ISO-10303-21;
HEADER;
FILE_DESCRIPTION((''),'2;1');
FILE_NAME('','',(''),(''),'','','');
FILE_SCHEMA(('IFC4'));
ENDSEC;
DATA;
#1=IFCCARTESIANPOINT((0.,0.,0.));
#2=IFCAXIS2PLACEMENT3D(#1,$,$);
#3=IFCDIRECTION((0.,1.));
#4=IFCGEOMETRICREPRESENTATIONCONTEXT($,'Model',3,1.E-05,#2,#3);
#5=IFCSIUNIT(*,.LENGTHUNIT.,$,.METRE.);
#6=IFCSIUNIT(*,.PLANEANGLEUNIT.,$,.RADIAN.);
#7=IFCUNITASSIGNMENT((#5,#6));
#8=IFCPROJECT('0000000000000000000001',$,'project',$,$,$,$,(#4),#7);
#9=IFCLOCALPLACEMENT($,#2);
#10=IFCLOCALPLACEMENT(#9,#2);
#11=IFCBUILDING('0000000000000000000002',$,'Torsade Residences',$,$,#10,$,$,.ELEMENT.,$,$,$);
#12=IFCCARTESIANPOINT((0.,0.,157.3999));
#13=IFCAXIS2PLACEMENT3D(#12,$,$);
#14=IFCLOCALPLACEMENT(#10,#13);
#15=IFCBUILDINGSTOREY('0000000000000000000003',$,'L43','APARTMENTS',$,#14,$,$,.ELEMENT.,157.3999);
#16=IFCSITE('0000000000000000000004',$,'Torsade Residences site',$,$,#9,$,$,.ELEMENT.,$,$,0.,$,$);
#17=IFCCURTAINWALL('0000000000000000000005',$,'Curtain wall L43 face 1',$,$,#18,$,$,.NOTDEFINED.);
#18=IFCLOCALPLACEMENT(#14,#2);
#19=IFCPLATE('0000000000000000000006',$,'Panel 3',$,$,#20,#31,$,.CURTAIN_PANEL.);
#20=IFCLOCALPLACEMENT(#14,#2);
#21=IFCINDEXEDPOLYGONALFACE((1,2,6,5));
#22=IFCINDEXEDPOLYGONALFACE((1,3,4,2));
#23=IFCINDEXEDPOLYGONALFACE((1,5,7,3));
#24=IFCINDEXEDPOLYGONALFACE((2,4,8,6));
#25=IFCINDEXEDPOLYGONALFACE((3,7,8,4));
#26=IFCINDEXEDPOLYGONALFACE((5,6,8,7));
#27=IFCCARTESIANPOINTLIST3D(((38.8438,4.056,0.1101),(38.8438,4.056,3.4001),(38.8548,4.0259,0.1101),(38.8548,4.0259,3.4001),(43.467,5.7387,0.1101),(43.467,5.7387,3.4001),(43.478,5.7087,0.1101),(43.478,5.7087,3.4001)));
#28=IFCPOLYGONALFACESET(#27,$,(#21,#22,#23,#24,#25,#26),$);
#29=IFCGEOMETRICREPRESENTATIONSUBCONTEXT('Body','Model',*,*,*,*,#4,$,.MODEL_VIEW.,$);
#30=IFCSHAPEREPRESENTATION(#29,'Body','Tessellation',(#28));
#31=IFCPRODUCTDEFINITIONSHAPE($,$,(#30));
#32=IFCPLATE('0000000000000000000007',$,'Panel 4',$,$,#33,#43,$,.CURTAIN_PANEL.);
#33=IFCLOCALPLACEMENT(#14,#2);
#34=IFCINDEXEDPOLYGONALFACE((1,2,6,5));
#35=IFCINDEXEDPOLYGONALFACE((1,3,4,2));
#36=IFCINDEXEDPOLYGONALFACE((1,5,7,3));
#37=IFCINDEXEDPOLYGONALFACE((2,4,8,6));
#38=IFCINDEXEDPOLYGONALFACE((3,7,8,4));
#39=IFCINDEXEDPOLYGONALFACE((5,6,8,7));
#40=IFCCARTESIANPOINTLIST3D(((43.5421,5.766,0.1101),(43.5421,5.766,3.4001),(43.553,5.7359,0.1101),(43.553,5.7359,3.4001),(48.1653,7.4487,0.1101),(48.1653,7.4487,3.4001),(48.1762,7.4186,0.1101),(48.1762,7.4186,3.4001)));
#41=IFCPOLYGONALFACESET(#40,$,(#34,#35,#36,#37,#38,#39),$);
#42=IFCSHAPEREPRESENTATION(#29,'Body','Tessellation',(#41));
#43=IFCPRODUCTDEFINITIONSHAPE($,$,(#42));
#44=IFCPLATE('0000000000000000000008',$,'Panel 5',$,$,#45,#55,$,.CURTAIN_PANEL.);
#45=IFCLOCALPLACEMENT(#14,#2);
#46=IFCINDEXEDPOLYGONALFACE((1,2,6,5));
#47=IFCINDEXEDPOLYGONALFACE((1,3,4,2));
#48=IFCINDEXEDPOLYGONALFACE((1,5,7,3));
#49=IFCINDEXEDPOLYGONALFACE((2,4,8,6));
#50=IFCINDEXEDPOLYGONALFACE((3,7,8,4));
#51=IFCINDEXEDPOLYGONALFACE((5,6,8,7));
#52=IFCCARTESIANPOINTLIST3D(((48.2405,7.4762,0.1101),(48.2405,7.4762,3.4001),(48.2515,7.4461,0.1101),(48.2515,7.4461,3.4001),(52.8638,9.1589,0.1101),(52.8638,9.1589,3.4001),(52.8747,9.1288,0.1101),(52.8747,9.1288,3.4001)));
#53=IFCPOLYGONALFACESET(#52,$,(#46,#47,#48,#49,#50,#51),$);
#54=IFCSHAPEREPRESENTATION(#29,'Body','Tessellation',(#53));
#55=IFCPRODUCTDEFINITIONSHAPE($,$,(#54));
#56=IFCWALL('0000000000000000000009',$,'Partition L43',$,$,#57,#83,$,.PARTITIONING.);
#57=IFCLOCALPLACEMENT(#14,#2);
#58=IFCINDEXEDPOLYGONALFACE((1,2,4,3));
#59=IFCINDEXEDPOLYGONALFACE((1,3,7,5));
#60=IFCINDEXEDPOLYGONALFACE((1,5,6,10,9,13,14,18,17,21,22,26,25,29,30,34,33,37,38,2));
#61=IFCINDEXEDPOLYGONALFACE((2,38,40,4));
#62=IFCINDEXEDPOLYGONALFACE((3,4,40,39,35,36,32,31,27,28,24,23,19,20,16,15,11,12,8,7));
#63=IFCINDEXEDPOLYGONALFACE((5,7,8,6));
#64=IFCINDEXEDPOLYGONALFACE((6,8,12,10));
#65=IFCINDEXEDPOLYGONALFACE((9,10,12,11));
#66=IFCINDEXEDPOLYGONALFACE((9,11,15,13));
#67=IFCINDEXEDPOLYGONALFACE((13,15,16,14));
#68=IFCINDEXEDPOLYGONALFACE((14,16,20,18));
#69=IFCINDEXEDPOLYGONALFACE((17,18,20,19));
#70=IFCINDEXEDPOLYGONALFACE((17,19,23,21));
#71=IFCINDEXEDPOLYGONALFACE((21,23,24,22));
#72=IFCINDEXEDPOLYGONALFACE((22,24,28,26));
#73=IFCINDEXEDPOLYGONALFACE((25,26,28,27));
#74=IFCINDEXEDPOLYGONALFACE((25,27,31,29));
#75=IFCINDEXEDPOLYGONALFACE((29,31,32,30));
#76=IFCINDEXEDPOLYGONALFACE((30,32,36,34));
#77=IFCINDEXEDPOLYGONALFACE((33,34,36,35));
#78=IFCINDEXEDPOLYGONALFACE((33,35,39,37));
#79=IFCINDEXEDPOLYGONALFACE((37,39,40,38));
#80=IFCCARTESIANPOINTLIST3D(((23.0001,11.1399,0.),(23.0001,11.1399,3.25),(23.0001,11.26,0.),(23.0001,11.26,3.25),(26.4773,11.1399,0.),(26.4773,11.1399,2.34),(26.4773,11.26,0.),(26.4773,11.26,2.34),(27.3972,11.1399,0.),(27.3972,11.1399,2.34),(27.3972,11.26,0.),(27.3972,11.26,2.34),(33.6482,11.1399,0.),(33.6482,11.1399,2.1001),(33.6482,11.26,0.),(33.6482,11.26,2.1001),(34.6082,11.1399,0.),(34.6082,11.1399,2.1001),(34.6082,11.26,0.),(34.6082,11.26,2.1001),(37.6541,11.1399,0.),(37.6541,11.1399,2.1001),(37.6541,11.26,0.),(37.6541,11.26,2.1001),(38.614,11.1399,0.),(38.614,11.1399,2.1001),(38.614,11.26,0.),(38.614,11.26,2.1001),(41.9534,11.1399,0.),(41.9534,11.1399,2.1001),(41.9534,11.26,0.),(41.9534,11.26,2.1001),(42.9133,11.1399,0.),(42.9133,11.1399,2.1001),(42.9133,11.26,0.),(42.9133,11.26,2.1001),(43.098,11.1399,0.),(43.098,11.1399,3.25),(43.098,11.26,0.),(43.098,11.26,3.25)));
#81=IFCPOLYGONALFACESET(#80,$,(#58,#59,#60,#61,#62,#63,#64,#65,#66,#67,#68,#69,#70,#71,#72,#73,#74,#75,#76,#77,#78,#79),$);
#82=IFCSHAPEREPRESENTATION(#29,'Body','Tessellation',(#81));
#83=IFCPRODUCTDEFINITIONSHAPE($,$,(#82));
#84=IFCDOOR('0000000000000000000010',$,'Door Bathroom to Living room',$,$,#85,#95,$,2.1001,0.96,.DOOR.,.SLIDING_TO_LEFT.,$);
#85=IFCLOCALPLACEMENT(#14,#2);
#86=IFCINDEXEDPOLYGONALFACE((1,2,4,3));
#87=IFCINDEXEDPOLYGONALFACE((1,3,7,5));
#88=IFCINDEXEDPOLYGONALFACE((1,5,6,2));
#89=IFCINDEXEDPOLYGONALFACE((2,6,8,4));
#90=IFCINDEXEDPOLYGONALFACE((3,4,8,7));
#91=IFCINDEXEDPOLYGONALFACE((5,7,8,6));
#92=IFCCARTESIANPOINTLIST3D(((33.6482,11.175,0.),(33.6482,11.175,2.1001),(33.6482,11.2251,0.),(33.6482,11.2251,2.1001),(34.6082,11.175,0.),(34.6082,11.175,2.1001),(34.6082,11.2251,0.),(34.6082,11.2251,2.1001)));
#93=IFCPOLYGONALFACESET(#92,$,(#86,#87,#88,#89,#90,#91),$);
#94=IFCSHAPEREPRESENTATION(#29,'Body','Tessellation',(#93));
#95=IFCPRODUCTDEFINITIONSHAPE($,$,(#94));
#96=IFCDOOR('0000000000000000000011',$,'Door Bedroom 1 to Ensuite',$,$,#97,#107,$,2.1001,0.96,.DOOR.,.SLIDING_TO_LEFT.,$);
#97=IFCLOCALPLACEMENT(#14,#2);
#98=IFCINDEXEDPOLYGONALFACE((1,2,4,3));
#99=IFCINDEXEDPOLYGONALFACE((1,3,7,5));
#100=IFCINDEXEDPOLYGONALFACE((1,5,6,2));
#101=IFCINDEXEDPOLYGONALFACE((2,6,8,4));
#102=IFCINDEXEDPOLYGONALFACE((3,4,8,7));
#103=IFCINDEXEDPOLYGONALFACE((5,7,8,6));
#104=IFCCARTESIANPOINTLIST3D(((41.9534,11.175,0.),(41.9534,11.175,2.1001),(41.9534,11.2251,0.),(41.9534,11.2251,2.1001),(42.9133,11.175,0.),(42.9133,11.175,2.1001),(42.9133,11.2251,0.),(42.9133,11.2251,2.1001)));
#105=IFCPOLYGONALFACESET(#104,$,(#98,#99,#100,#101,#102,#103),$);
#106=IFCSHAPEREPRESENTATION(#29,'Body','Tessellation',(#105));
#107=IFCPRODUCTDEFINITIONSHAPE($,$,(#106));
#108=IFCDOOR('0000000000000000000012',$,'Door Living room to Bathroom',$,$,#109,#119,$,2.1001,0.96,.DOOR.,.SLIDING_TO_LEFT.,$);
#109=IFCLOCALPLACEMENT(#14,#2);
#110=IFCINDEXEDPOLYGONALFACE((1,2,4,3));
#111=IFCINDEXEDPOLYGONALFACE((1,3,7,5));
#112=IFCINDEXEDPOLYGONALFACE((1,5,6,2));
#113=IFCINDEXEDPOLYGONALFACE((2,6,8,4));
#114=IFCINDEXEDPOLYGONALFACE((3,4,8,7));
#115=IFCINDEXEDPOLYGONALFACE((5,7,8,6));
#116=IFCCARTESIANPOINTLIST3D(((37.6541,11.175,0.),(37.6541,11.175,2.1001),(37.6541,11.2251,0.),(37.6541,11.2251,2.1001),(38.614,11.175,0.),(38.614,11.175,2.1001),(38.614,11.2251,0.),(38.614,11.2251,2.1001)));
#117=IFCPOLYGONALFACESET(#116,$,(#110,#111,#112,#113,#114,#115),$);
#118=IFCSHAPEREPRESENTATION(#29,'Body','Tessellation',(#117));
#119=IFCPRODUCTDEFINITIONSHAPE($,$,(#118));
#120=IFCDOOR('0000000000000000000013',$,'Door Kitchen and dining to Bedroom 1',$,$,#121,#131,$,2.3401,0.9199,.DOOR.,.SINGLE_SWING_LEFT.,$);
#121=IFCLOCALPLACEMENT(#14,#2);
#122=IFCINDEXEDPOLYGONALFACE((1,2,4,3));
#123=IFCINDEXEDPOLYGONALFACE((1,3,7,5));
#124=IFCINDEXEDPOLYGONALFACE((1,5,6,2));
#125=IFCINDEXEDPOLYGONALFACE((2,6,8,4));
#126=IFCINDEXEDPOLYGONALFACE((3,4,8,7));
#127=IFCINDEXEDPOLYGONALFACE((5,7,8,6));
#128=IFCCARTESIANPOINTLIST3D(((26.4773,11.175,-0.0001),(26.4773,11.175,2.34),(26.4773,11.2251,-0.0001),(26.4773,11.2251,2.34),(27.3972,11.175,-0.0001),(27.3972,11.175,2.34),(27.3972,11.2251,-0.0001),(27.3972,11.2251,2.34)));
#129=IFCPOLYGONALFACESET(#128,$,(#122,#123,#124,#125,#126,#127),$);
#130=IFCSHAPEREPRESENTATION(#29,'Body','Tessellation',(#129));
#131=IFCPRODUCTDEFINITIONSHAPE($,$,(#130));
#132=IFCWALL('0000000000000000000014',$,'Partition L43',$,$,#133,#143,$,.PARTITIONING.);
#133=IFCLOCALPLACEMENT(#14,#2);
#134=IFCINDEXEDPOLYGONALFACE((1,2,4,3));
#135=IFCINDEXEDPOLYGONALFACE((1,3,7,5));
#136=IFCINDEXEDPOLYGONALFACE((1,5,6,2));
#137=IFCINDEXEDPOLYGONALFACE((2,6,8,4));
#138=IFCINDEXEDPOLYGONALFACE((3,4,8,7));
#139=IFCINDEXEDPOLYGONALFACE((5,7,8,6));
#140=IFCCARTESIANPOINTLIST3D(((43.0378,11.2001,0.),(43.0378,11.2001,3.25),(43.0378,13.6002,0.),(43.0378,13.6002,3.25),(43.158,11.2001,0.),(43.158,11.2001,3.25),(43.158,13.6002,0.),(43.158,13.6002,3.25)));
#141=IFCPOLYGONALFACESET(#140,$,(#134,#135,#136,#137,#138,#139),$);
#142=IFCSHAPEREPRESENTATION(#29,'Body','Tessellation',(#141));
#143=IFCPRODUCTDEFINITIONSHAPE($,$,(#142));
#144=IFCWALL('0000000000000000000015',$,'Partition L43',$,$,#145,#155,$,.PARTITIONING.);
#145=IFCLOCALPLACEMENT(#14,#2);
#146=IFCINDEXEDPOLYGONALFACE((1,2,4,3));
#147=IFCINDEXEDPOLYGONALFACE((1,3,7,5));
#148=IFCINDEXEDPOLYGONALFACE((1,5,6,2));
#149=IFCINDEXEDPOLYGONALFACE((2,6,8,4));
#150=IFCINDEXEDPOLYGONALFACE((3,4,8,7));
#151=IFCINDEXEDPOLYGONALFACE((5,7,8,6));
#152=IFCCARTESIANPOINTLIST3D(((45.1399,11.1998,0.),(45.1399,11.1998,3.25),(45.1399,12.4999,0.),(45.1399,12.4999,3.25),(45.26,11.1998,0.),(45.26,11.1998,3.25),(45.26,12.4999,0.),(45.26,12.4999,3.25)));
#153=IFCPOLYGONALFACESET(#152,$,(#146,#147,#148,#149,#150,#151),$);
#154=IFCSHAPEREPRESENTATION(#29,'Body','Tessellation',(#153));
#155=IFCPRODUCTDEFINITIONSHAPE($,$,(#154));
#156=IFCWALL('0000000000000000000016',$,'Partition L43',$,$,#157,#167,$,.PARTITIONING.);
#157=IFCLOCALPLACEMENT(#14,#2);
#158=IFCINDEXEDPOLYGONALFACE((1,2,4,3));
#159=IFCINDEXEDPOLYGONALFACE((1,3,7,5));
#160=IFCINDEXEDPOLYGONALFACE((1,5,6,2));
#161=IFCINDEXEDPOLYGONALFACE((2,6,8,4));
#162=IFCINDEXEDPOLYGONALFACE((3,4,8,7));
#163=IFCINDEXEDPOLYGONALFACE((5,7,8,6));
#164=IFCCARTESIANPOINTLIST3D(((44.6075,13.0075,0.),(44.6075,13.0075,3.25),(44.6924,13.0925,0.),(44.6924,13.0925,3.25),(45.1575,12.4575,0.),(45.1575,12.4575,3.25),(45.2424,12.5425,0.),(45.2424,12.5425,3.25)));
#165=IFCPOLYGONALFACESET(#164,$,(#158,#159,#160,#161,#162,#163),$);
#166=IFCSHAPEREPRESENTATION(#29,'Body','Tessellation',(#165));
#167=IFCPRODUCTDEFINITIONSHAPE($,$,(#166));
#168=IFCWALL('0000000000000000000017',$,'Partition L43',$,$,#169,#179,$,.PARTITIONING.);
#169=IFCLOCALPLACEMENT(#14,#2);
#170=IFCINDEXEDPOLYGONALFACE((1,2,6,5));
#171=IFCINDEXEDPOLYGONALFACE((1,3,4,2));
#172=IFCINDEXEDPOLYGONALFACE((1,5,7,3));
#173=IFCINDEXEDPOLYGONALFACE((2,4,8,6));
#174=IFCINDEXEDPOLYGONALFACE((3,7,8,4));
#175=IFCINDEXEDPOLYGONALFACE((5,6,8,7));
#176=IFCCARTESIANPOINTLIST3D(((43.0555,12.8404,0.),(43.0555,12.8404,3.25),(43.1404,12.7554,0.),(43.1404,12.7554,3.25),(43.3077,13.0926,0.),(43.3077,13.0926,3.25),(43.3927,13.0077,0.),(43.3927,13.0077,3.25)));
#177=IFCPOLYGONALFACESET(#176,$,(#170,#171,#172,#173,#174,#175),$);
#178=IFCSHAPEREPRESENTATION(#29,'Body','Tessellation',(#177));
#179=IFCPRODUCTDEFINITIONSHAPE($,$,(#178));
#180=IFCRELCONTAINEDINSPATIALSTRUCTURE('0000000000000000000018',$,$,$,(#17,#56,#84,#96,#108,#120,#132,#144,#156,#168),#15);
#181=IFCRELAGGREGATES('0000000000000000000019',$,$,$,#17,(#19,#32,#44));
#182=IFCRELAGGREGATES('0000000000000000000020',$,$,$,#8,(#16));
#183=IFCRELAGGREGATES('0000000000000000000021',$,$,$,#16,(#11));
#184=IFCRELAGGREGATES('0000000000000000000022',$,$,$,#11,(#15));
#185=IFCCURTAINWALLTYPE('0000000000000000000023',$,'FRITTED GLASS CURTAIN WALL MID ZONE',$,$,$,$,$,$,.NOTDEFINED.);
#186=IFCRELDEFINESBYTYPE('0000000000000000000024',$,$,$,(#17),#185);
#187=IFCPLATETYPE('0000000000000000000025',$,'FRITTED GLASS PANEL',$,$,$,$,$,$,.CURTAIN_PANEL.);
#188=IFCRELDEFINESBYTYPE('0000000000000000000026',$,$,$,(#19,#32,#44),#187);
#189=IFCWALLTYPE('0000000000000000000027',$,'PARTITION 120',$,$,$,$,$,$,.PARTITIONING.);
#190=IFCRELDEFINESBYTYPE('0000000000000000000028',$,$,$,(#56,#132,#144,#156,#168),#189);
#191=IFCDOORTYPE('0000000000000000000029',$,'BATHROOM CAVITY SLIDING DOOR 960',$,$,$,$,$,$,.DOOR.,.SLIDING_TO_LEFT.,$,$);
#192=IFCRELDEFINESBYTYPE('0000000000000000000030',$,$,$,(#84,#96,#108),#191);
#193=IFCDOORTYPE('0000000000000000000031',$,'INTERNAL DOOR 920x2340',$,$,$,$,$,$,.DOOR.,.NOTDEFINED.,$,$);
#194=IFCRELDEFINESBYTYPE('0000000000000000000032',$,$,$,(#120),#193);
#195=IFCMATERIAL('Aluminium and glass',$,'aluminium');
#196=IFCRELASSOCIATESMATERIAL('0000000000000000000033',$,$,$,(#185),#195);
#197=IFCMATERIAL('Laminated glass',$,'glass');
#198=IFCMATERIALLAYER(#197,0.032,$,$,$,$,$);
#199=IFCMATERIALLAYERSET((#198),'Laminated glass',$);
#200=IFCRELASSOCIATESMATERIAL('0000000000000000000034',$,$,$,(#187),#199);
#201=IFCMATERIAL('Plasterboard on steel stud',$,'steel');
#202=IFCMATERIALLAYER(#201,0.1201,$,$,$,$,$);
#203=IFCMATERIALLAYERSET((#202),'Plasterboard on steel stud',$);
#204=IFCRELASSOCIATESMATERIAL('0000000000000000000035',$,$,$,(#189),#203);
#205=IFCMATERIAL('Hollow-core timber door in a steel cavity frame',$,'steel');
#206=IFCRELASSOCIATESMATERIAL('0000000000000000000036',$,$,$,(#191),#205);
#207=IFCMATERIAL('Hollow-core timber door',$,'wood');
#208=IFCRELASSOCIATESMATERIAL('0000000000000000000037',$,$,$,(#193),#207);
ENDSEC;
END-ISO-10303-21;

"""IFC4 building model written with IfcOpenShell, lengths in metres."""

from ifc_helpers import new_model, si_unit, direction, frame, frame_2d, origin, origin_2d, place, context, subcontext, project, spatial, rectangle, extrude, material, layer, layer_set, type_object, element, fill, aggregate, save


model = new_model("IFC4")

# Units and contexts
model_context = context("Model", 3, precision=1e-05, world=origin(), true_north=direction((0.0, 1.0)))
body_context = subcontext(model_context, "Body", "Model", "MODEL_VIEW")
ifc_project = project(units=[si_unit("LENGTHUNIT", "METRE"), si_unit("PLANEANGLEUNIT", "RADIAN")], contexts=[model_context])

# Site, building, storey
site_placement = place(None, origin())
site = spatial("IfcSite", under=ifc_project, at=site_placement, Name="Torsade Residences site", CompositionType="ELEMENT", RefElevation=0.0)
building_placement = place(site_placement, origin())
building = spatial("IfcBuilding", under=site, at=building_placement, Name="Torsade Residences", CompositionType="ELEMENT")
storey_placement = place(building_placement, frame((0.0, 0.0, 157.3999)))
storey = spatial("IfcBuildingStorey", under=building, at=storey_placement, Name="L43", Description="APARTMENTS", CompositionType="ELEMENT", Elevation=157.3999)

# Curtain wall
ifc_material_1 = material(Name="Aluminium and glass", Category="aluminium")
curtain_wall_type = type_object("IfcCurtainWallType", Name="FRITTED GLASS CURTAIN WALL MID ZONE", PredefinedType="NOTDEFINED", material=ifc_material_1)
curtain_wall_placement = place(storey_placement, origin())
curtain_wall = element("IfcCurtainWall", 1, at=curtain_wall_placement, inside=storey, type_object=curtain_wall_type, Name="Curtain wall L43 face 1", PredefinedType="NOTDEFINED")

# Plates
ifc_material_2 = material(Name="Laminated glass", Category="glass")
ifc_layer_1 = layer(ifc_material_2, 0.032)
ifc_layer_set_1 = layer_set([ifc_layer_1], Name="Laminated glass")
plate_type = type_object("IfcPlateType", Name="FRITTED GLASS PANEL", PredefinedType="CURTAIN_PANEL", material=ifc_layer_set_1)
plate_1_placement = place(storey_placement, frame((41.1609, 4.8823, 0.1101), z_axis=(0.0, 0.0, 1.0), x_axis=(0.939693, 0.34202, 0.0)))
plate_1 = element("IfcPlate", 2, at=plate_1_placement, type_object=plate_type, Name="Panel 3", PredefinedType="CURTAIN_PANEL", context=body_context, shape_type="SweptSolid", body=[
    extrude(rectangle(XDim=4.9199, YDim=0.032, at=origin_2d()), origin(), (0.0, 0.0, 1.0), 3.29),
])
plate_2_placement = place(storey_placement, frame((45.8591, 6.5923, 0.1101), z_axis=(0.0, 0.0, 1.0), x_axis=(0.939693, 0.34202, 0.0)))
plate_2 = element("IfcPlate", 3, at=plate_2_placement, type_object=plate_type, Name="Panel 4", PredefinedType="CURTAIN_PANEL", context=body_context, shape_type="SweptSolid", body=[
    extrude(rectangle(XDim=4.9199, YDim=0.032, at=origin_2d()), origin(), (0.0, 0.0, 1.0), 3.29),
])
plate_3_placement = place(storey_placement, frame((50.5576, 8.3025, 0.1101), z_axis=(0.0, 0.0, 1.0), x_axis=(0.939693, 0.34202, 0.0)))
plate_3 = element("IfcPlate", 4, at=plate_3_placement, type_object=plate_type, Name="Panel 5", PredefinedType="CURTAIN_PANEL", context=body_context, shape_type="SweptSolid", body=[
    extrude(rectangle(XDim=4.9199, YDim=0.032, at=origin_2d()), origin(), (0.0, 0.0, 1.0), 3.29),
])
aggregate(curtain_wall, [plate_1, plate_2, plate_3])

# Wall, openings, doors
ifc_material_3 = material(Name="Plasterboard on steel stud", Category="steel")
ifc_layer_2 = layer(ifc_material_3, 0.1201)
ifc_layer_set_2 = layer_set([ifc_layer_2], Name="Plasterboard on steel stud")
wall_type_1 = type_object("IfcWallType", Name="PARTITION 120", PredefinedType="PARTITIONING", material=ifc_layer_set_2)
wall_1_placement = place(storey_placement, frame((43.0979, 11.2, 0.0), z_axis=(0.0, 0.0, 1.0), x_axis=(-1.0, 0.0, 0.0)))
wall_1 = element("IfcWall", 5, at=wall_1_placement, inside=storey, type_object=wall_type_1, Name="Partition L43", PredefinedType="PARTITIONING", context=body_context, shape_type="SweptSolid", body=[
    extrude(rectangle(XDim=20.0979, YDim=0.1201, at=frame_2d((10.0488, 0.0))), origin(), (0.0, 0.0, 1.0), 3.25),
])
opening_1_placement = place(wall_1_placement, frame((15.7007, 0.0, 0.0)))
opening_1 = element("IfcOpeningElement", 6, at=opening_1_placement, cuts=wall_1, PredefinedType="OPENING", context=body_context, shape_type="SweptSolid", body=[
    extrude(rectangle(XDim=0.9199, YDim=2.3401, at=frame_2d((0.46, 1.1699))), frame((0.0, 0.0701, 0.0), z_axis=(0.0, -1.0, 0.0), x_axis=(1.0, 0.0, 0.0)), (0.0, 0.0, 1.0), 0.1401),
])
opening_2_placement = place(wall_1_placement, frame((8.4897, 0.0, 0.0)))
opening_2 = element("IfcOpeningElement", 7, at=opening_2_placement, cuts=wall_1, PredefinedType="OPENING", context=body_context, shape_type="SweptSolid", body=[
    extrude(rectangle(XDim=0.96, YDim=2.1001, at=frame_2d((0.48, 1.05))), frame((0.0, 0.0701, 0.0), z_axis=(0.0, -1.0, 0.0), x_axis=(1.0, 0.0, 0.0)), (0.0, 0.0, 1.0), 0.1401),
])
opening_3_placement = place(wall_1_placement, frame((0.1846, 0.0, 0.0)))
opening_3 = element("IfcOpeningElement", 8, at=opening_3_placement, cuts=wall_1, PredefinedType="OPENING", context=body_context, shape_type="SweptSolid", body=[
    extrude(rectangle(XDim=0.96, YDim=2.1001, at=frame_2d((0.48, 1.05))), frame((0.0, 0.0701, 0.0), z_axis=(0.0, -1.0, 0.0), x_axis=(1.0, 0.0, 0.0)), (0.0, 0.0, 1.0), 0.1401),
])
opening_4_placement = place(wall_1_placement, frame((4.4839, 0.0, 0.0)))
opening_4 = element("IfcOpeningElement", 9, at=opening_4_placement, cuts=wall_1, PredefinedType="OPENING", context=body_context, shape_type="SweptSolid", body=[
    extrude(rectangle(XDim=0.96, YDim=2.1001, at=frame_2d((0.48, 1.05))), frame((0.0, 0.0701, 0.0), z_axis=(0.0, -1.0, 0.0), x_axis=(1.0, 0.0, 0.0)), (0.0, 0.0, 1.0), 0.1401),
])
ifc_material_4 = material(Name="Hollow-core timber door in a steel cavity frame", Category="steel")
door_type_1 = type_object("IfcDoorType", Name="BATHROOM CAVITY SLIDING DOOR 960", OperationType="SLIDING_TO_LEFT", PredefinedType="DOOR", material=ifc_material_4)
door_1_placement = place(opening_2_placement, origin())
door_1 = element("IfcDoor", 10, at=door_1_placement, inside=storey, type_object=door_type_1, Name="Door Bathroom to Living room", OperationType="SLIDING_TO_LEFT", OverallHeight=2.1001, OverallWidth=0.96, PredefinedType="DOOR", context=body_context, shape_type="SweptSolid", body=[
    extrude(rectangle(XDim=0.96, YDim=2.1001, at=frame_2d((0.48, 1.05))), frame((0.0, 0.0249, 0.0), z_axis=(0.0, -1.0, 0.0), x_axis=(1.0, 0.0, 0.0)), (0.0, 0.0, 1.0), 0.05),
])
fill(opening_2, door_1)
door_2_placement = place(opening_3_placement, origin())
door_2 = element("IfcDoor", 11, at=door_2_placement, inside=storey, type_object=door_type_1, Name="Door Bedroom 1 to Ensuite", OperationType="SLIDING_TO_LEFT", OverallHeight=2.1001, OverallWidth=0.96, PredefinedType="DOOR", context=body_context, shape_type="SweptSolid", body=[
    extrude(rectangle(XDim=0.96, YDim=2.1001, at=frame_2d((0.48, 1.05))), frame((0.0, 0.0249, 0.0), z_axis=(0.0, -1.0, 0.0), x_axis=(1.0, 0.0, 0.0)), (0.0, 0.0, 1.0), 0.05),
])
fill(opening_3, door_2)
door_3_placement = place(opening_4_placement, origin())
door_3 = element("IfcDoor", 12, at=door_3_placement, inside=storey, type_object=door_type_1, Name="Door Living room to Bathroom", OperationType="SLIDING_TO_LEFT", OverallHeight=2.1001, OverallWidth=0.96, PredefinedType="DOOR", context=body_context, shape_type="SweptSolid", body=[
    extrude(rectangle(XDim=0.96, YDim=2.1001, at=frame_2d((0.48, 1.05))), frame((0.0, 0.0249, 0.0), z_axis=(0.0, -1.0, 0.0), x_axis=(1.0, 0.0, 0.0)), (0.0, 0.0, 1.0), 0.05),
])
fill(opening_4, door_3)
ifc_material_5 = material(Name="Hollow-core timber door", Category="wood")
door_type_2 = type_object("IfcDoorType", Name="INTERNAL DOOR 920x2340", OperationType="NOTDEFINED", PredefinedType="DOOR", material=ifc_material_5)
door_4_placement = place(opening_1_placement, origin())
door_4 = element("IfcDoor", 13, at=door_4_placement, inside=storey, type_object=door_type_2, Name="Door Kitchen and dining to Bedroom 1", OperationType="SINGLE_SWING_LEFT", OverallHeight=2.3401, OverallWidth=0.9199, PredefinedType="DOOR", context=body_context, shape_type="SweptSolid", body=[
    extrude(rectangle(XDim=0.9199, YDim=2.3401, at=frame_2d((0.46, 1.1699))), frame((0.0, 0.0249, 0.0), z_axis=(0.0, -1.0, 0.0), x_axis=(1.0, 0.0, 0.0)), (0.0, 0.0, 1.0), 0.05),
])
fill(opening_1, door_4)

# Walls
wall_2_placement = place(storey_placement, frame((43.0979, 11.2, 0.0), z_axis=(0.0, 0.0, 1.0), x_axis=(0.0, 1.0, 0.0)))
element("IfcWall", 14, at=wall_2_placement, inside=storey, type_object=wall_type_1, Name="Partition L43", PredefinedType="PARTITIONING", context=body_context, shape_type="SweptSolid", body=[
    extrude(rectangle(XDim=2.4001, YDim=0.1201, at=frame_2d((1.2002, 0.0))), origin(), (0.0, 0.0, 1.0), 3.25),
])
wall_3_placement = place(storey_placement, frame((45.2, 11.2, 0.0), z_axis=(0.0, 0.0, 1.0), x_axis=(0.0, 1.0, 0.0)))
element("IfcWall", 15, at=wall_3_placement, inside=storey, type_object=wall_type_1, Name="Partition L43", PredefinedType="PARTITIONING", context=body_context, shape_type="SweptSolid", body=[
    extrude(rectangle(XDim=1.3, YDim=0.1201, at=frame_2d((0.6499, 0.0))), origin(), (0.0, 0.0, 1.0), 3.25),
])
wall_4_placement = place(storey_placement, frame((45.2, 12.5, 0.0), z_axis=(0.0, 0.0, 1.0), x_axis=(-0.707107, 0.707107, 0.0)))
element("IfcWall", 16, at=wall_4_placement, inside=storey, type_object=wall_type_1, Name="Partition L43", PredefinedType="PARTITIONING", context=body_context, shape_type="SweptSolid", body=[
    extrude(rectangle(XDim=0.7778, YDim=0.1201, at=frame_2d((0.3889, 0.0))), origin(), (0.0, 0.0, 1.0), 3.25),
])
wall_5_placement = place(storey_placement, frame((43.3501, 13.05, 0.0), z_axis=(0.0, 0.0, 1.0), x_axis=(-0.707107, -0.707107, 0.0)))
element("IfcWall", 17, at=wall_5_placement, inside=storey, type_object=wall_type_1, Name="Partition L43", PredefinedType="PARTITIONING", context=body_context, shape_type="SweptSolid", body=[
    extrude(rectangle(XDim=0.3567, YDim=0.1201, at=frame_2d((0.1782, 0.0))), origin(), (0.0, 0.0, 1.0), 3.25),
])

save(model, "model.ifc")
